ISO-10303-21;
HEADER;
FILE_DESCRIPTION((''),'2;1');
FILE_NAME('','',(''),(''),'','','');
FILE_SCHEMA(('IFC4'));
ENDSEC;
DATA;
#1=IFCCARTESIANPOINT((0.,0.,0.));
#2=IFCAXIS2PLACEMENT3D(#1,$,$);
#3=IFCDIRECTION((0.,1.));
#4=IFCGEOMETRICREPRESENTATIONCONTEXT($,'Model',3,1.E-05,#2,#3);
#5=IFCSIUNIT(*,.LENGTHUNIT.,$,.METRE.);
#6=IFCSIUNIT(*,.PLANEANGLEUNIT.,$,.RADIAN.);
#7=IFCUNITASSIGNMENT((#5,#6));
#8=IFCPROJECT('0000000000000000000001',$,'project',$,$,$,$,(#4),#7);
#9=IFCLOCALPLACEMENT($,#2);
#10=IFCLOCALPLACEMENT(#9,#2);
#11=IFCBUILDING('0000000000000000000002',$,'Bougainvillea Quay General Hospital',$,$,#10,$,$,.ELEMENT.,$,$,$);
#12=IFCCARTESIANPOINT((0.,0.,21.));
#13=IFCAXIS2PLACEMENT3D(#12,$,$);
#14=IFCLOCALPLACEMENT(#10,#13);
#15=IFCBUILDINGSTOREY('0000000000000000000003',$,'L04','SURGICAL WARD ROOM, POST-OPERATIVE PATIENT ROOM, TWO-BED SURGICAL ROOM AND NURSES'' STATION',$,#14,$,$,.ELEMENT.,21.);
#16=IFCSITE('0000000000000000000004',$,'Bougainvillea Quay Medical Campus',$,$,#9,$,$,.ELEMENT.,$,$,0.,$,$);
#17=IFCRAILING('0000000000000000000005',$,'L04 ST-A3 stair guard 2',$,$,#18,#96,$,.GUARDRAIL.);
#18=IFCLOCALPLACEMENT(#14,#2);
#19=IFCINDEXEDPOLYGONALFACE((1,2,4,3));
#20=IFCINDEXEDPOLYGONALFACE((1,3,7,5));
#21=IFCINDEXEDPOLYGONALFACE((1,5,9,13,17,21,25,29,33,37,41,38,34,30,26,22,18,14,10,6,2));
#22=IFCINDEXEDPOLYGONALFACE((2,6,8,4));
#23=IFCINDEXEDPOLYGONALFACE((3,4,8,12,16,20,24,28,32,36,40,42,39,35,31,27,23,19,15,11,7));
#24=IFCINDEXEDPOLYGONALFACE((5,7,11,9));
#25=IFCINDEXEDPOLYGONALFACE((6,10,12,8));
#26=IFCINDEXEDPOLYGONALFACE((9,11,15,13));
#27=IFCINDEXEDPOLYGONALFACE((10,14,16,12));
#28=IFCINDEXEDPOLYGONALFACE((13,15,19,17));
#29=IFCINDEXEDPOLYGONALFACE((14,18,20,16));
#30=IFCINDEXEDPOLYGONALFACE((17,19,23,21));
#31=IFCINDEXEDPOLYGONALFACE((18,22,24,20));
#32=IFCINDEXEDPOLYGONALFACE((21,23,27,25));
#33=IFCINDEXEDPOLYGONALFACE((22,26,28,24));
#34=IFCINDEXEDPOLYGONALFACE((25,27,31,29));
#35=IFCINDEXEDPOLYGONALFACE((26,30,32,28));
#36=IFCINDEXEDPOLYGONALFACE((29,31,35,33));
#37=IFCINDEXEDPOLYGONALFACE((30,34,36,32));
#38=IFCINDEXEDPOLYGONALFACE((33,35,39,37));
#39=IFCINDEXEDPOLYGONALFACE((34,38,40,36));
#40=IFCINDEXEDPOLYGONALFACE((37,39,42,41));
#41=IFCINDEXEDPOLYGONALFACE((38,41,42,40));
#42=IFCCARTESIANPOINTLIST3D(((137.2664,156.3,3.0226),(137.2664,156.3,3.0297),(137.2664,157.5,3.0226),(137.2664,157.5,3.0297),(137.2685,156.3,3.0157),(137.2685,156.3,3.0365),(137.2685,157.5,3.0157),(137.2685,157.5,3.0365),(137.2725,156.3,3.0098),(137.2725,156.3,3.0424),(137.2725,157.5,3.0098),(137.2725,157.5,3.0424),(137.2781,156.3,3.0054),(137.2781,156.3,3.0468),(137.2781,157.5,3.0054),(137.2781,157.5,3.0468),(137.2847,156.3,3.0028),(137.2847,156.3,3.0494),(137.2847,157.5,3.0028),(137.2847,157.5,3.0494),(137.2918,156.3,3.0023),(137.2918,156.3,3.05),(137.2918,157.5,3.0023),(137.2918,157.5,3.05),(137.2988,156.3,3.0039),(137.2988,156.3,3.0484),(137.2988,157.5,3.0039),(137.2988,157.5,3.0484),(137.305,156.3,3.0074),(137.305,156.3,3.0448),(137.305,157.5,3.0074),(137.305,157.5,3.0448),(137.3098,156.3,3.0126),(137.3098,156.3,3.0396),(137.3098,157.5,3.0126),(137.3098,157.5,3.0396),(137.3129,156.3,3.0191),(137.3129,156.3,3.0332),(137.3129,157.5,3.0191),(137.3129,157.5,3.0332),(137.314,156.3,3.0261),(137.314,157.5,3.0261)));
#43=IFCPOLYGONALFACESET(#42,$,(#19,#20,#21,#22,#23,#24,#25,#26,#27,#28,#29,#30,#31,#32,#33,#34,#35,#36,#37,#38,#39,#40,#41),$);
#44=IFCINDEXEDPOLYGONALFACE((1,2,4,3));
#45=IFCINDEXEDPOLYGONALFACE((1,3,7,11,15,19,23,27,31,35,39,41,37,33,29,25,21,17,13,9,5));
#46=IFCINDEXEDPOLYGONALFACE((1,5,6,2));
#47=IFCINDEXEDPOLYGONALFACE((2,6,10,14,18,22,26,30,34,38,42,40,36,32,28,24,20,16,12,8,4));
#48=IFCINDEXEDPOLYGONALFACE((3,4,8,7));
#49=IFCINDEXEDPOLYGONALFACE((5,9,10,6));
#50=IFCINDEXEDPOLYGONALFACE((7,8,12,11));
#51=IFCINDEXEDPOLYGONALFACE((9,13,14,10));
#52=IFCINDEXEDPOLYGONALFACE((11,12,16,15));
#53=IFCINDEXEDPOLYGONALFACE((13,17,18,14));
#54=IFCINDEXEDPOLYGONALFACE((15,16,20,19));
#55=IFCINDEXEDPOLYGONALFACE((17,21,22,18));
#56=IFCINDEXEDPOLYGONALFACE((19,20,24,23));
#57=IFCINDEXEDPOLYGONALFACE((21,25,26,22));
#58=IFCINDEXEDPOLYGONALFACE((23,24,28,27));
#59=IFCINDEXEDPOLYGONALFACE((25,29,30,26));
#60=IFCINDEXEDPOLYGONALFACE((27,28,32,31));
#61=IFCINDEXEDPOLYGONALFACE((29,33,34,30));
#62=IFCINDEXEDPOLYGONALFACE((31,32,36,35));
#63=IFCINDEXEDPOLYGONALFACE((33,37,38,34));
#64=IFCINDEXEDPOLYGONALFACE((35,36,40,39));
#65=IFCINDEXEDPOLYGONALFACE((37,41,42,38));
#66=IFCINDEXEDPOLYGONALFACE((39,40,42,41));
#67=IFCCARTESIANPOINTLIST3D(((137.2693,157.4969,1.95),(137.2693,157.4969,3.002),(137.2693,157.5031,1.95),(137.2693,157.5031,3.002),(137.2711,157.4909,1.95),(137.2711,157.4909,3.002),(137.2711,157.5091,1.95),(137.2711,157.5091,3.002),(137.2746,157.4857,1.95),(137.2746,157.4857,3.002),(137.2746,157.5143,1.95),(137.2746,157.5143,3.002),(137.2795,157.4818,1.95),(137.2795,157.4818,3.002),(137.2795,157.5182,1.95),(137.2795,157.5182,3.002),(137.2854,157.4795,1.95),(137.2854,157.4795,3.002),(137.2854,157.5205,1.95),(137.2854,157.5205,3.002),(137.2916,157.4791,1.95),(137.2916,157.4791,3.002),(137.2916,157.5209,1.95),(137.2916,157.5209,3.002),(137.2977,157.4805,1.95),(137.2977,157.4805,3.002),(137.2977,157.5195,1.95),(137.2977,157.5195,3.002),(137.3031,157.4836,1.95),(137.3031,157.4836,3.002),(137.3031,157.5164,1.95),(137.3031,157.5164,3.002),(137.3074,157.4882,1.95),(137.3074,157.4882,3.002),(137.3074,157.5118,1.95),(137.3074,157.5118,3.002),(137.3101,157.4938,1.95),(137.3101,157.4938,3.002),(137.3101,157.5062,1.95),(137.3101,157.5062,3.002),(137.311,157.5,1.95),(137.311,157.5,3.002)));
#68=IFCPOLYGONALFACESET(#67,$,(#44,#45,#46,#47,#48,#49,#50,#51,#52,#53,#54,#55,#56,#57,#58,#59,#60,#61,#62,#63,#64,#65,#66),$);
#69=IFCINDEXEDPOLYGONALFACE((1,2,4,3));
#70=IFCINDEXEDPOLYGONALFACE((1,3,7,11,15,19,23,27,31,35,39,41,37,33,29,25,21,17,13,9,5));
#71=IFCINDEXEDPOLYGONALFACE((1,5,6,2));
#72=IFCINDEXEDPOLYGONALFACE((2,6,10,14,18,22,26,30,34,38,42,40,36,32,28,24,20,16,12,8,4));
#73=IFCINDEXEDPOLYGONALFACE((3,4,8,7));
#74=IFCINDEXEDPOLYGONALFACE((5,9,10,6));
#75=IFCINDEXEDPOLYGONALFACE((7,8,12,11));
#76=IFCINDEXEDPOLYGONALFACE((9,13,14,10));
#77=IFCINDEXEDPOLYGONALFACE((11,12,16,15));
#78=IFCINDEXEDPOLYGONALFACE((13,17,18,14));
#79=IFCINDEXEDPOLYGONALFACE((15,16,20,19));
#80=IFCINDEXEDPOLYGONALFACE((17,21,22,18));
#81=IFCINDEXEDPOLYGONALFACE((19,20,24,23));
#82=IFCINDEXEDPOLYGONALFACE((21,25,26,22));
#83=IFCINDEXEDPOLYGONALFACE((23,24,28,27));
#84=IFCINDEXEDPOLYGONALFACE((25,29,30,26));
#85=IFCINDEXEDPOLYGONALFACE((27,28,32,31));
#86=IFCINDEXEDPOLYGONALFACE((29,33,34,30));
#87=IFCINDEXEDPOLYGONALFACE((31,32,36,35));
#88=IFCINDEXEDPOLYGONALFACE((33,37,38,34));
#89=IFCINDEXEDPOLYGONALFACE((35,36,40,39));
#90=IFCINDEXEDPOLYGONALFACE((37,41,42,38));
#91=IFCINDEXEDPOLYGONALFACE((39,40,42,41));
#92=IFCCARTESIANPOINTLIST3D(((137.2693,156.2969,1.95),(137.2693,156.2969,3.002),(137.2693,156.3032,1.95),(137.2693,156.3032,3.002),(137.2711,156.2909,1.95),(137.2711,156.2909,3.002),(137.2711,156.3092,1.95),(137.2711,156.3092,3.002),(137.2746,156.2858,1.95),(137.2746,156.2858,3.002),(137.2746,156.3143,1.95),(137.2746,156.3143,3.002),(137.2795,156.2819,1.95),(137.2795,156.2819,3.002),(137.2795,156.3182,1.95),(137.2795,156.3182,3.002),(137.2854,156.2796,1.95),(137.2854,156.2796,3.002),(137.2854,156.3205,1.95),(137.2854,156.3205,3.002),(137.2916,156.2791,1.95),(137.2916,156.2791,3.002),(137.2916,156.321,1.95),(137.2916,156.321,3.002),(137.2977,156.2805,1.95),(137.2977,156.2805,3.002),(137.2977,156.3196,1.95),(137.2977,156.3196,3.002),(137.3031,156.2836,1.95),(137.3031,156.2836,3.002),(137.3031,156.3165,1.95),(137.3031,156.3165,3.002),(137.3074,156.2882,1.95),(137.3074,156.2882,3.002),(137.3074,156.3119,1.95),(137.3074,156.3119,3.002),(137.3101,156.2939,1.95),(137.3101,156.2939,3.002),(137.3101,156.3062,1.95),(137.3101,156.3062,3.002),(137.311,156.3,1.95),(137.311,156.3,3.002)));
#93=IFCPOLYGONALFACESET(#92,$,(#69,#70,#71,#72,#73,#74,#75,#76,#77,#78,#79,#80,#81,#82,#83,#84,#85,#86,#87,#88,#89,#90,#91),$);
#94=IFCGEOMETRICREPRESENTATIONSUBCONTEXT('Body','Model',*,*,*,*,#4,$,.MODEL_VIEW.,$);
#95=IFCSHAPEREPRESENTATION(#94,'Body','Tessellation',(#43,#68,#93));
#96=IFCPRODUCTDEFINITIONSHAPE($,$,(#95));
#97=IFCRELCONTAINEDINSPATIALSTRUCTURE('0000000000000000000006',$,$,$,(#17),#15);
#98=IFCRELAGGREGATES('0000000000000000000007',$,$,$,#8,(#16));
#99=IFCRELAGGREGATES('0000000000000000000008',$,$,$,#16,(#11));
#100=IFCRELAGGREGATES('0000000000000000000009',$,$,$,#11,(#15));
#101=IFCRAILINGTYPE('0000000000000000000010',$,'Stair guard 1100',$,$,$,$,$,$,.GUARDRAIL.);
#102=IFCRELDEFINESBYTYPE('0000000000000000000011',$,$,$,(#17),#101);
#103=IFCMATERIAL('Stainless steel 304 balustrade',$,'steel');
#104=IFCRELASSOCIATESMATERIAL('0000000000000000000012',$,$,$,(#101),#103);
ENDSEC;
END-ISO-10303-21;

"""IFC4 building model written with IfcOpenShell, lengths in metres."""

from ifc_helpers import new_model, si_unit, direction, frame, origin, origin_2d, place, context, subcontext, project, spatial, circle, extrude, material, type_object, element, save


model = new_model("IFC4")

# Units and contexts
model_context = context("Model", 3, precision=1e-05, world=origin(), true_north=direction((0.0, 1.0)))
body_context = subcontext(model_context, "Body", "Model", "MODEL_VIEW")
ifc_project = project(units=[si_unit("LENGTHUNIT", "METRE"), si_unit("PLANEANGLEUNIT", "RADIAN")], contexts=[model_context])

# Site, building, storey
site_placement = place(None, origin())
site = spatial("IfcSite", under=ifc_project, at=site_placement, Name="Bougainvillea Quay Medical Campus", CompositionType="ELEMENT", RefElevation=0.0)
building_placement = place(site_placement, origin())
building = spatial("IfcBuilding", under=site, at=building_placement, Name="Bougainvillea Quay General Hospital", CompositionType="ELEMENT")
storey_placement = place(building_placement, frame((0.0, 0.0, 21.0)))
storey = spatial("IfcBuildingStorey", under=building, at=storey_placement, Name="L04", Description="SURGICAL WARD ROOM, POST-OPERATIVE PATIENT ROOM, TWO-BED SURGICAL ROOM AND NURSES' STATION", CompositionType="ELEMENT", Elevation=21.0)

# Railing
ifc_material_1 = material(Name="Stainless steel 304 balustrade", Category="steel")
railing_type_1 = type_object("IfcRailingType", Name="Stair guard 1100", PredefinedType="GUARDRAIL", material=ifc_material_1)
railing_1_placement = place(storey_placement, frame((137.29, 157.5, 1.95)))
element("IfcRailing", 1, at=railing_1_placement, inside=storey, type_object=railing_type_1, Name="L04 ST-A3 stair guard 2", PredefinedType="GUARDRAIL", context=body_context, shape_type="SweptSolid", body=[
    extrude(circle(Radius=0.0239, at=origin_2d()), frame((0.0, 0.0, 1.0762), z_axis=(0.0, -1.0, 0.0), x_axis=(1.0, 0.0, 0.0)), (0.0, 0.0, 1.0), 1.2),
    extrude(circle(Radius=0.021, at=origin_2d()), origin(), (0.0, 0.0, 1.0), 1.052),
    extrude(circle(Radius=0.021, at=origin_2d()), frame((0.0, -1.2, 0.0)), (0.0, 0.0, 1.0), 1.052),
])

save(model, "model.ifc")
